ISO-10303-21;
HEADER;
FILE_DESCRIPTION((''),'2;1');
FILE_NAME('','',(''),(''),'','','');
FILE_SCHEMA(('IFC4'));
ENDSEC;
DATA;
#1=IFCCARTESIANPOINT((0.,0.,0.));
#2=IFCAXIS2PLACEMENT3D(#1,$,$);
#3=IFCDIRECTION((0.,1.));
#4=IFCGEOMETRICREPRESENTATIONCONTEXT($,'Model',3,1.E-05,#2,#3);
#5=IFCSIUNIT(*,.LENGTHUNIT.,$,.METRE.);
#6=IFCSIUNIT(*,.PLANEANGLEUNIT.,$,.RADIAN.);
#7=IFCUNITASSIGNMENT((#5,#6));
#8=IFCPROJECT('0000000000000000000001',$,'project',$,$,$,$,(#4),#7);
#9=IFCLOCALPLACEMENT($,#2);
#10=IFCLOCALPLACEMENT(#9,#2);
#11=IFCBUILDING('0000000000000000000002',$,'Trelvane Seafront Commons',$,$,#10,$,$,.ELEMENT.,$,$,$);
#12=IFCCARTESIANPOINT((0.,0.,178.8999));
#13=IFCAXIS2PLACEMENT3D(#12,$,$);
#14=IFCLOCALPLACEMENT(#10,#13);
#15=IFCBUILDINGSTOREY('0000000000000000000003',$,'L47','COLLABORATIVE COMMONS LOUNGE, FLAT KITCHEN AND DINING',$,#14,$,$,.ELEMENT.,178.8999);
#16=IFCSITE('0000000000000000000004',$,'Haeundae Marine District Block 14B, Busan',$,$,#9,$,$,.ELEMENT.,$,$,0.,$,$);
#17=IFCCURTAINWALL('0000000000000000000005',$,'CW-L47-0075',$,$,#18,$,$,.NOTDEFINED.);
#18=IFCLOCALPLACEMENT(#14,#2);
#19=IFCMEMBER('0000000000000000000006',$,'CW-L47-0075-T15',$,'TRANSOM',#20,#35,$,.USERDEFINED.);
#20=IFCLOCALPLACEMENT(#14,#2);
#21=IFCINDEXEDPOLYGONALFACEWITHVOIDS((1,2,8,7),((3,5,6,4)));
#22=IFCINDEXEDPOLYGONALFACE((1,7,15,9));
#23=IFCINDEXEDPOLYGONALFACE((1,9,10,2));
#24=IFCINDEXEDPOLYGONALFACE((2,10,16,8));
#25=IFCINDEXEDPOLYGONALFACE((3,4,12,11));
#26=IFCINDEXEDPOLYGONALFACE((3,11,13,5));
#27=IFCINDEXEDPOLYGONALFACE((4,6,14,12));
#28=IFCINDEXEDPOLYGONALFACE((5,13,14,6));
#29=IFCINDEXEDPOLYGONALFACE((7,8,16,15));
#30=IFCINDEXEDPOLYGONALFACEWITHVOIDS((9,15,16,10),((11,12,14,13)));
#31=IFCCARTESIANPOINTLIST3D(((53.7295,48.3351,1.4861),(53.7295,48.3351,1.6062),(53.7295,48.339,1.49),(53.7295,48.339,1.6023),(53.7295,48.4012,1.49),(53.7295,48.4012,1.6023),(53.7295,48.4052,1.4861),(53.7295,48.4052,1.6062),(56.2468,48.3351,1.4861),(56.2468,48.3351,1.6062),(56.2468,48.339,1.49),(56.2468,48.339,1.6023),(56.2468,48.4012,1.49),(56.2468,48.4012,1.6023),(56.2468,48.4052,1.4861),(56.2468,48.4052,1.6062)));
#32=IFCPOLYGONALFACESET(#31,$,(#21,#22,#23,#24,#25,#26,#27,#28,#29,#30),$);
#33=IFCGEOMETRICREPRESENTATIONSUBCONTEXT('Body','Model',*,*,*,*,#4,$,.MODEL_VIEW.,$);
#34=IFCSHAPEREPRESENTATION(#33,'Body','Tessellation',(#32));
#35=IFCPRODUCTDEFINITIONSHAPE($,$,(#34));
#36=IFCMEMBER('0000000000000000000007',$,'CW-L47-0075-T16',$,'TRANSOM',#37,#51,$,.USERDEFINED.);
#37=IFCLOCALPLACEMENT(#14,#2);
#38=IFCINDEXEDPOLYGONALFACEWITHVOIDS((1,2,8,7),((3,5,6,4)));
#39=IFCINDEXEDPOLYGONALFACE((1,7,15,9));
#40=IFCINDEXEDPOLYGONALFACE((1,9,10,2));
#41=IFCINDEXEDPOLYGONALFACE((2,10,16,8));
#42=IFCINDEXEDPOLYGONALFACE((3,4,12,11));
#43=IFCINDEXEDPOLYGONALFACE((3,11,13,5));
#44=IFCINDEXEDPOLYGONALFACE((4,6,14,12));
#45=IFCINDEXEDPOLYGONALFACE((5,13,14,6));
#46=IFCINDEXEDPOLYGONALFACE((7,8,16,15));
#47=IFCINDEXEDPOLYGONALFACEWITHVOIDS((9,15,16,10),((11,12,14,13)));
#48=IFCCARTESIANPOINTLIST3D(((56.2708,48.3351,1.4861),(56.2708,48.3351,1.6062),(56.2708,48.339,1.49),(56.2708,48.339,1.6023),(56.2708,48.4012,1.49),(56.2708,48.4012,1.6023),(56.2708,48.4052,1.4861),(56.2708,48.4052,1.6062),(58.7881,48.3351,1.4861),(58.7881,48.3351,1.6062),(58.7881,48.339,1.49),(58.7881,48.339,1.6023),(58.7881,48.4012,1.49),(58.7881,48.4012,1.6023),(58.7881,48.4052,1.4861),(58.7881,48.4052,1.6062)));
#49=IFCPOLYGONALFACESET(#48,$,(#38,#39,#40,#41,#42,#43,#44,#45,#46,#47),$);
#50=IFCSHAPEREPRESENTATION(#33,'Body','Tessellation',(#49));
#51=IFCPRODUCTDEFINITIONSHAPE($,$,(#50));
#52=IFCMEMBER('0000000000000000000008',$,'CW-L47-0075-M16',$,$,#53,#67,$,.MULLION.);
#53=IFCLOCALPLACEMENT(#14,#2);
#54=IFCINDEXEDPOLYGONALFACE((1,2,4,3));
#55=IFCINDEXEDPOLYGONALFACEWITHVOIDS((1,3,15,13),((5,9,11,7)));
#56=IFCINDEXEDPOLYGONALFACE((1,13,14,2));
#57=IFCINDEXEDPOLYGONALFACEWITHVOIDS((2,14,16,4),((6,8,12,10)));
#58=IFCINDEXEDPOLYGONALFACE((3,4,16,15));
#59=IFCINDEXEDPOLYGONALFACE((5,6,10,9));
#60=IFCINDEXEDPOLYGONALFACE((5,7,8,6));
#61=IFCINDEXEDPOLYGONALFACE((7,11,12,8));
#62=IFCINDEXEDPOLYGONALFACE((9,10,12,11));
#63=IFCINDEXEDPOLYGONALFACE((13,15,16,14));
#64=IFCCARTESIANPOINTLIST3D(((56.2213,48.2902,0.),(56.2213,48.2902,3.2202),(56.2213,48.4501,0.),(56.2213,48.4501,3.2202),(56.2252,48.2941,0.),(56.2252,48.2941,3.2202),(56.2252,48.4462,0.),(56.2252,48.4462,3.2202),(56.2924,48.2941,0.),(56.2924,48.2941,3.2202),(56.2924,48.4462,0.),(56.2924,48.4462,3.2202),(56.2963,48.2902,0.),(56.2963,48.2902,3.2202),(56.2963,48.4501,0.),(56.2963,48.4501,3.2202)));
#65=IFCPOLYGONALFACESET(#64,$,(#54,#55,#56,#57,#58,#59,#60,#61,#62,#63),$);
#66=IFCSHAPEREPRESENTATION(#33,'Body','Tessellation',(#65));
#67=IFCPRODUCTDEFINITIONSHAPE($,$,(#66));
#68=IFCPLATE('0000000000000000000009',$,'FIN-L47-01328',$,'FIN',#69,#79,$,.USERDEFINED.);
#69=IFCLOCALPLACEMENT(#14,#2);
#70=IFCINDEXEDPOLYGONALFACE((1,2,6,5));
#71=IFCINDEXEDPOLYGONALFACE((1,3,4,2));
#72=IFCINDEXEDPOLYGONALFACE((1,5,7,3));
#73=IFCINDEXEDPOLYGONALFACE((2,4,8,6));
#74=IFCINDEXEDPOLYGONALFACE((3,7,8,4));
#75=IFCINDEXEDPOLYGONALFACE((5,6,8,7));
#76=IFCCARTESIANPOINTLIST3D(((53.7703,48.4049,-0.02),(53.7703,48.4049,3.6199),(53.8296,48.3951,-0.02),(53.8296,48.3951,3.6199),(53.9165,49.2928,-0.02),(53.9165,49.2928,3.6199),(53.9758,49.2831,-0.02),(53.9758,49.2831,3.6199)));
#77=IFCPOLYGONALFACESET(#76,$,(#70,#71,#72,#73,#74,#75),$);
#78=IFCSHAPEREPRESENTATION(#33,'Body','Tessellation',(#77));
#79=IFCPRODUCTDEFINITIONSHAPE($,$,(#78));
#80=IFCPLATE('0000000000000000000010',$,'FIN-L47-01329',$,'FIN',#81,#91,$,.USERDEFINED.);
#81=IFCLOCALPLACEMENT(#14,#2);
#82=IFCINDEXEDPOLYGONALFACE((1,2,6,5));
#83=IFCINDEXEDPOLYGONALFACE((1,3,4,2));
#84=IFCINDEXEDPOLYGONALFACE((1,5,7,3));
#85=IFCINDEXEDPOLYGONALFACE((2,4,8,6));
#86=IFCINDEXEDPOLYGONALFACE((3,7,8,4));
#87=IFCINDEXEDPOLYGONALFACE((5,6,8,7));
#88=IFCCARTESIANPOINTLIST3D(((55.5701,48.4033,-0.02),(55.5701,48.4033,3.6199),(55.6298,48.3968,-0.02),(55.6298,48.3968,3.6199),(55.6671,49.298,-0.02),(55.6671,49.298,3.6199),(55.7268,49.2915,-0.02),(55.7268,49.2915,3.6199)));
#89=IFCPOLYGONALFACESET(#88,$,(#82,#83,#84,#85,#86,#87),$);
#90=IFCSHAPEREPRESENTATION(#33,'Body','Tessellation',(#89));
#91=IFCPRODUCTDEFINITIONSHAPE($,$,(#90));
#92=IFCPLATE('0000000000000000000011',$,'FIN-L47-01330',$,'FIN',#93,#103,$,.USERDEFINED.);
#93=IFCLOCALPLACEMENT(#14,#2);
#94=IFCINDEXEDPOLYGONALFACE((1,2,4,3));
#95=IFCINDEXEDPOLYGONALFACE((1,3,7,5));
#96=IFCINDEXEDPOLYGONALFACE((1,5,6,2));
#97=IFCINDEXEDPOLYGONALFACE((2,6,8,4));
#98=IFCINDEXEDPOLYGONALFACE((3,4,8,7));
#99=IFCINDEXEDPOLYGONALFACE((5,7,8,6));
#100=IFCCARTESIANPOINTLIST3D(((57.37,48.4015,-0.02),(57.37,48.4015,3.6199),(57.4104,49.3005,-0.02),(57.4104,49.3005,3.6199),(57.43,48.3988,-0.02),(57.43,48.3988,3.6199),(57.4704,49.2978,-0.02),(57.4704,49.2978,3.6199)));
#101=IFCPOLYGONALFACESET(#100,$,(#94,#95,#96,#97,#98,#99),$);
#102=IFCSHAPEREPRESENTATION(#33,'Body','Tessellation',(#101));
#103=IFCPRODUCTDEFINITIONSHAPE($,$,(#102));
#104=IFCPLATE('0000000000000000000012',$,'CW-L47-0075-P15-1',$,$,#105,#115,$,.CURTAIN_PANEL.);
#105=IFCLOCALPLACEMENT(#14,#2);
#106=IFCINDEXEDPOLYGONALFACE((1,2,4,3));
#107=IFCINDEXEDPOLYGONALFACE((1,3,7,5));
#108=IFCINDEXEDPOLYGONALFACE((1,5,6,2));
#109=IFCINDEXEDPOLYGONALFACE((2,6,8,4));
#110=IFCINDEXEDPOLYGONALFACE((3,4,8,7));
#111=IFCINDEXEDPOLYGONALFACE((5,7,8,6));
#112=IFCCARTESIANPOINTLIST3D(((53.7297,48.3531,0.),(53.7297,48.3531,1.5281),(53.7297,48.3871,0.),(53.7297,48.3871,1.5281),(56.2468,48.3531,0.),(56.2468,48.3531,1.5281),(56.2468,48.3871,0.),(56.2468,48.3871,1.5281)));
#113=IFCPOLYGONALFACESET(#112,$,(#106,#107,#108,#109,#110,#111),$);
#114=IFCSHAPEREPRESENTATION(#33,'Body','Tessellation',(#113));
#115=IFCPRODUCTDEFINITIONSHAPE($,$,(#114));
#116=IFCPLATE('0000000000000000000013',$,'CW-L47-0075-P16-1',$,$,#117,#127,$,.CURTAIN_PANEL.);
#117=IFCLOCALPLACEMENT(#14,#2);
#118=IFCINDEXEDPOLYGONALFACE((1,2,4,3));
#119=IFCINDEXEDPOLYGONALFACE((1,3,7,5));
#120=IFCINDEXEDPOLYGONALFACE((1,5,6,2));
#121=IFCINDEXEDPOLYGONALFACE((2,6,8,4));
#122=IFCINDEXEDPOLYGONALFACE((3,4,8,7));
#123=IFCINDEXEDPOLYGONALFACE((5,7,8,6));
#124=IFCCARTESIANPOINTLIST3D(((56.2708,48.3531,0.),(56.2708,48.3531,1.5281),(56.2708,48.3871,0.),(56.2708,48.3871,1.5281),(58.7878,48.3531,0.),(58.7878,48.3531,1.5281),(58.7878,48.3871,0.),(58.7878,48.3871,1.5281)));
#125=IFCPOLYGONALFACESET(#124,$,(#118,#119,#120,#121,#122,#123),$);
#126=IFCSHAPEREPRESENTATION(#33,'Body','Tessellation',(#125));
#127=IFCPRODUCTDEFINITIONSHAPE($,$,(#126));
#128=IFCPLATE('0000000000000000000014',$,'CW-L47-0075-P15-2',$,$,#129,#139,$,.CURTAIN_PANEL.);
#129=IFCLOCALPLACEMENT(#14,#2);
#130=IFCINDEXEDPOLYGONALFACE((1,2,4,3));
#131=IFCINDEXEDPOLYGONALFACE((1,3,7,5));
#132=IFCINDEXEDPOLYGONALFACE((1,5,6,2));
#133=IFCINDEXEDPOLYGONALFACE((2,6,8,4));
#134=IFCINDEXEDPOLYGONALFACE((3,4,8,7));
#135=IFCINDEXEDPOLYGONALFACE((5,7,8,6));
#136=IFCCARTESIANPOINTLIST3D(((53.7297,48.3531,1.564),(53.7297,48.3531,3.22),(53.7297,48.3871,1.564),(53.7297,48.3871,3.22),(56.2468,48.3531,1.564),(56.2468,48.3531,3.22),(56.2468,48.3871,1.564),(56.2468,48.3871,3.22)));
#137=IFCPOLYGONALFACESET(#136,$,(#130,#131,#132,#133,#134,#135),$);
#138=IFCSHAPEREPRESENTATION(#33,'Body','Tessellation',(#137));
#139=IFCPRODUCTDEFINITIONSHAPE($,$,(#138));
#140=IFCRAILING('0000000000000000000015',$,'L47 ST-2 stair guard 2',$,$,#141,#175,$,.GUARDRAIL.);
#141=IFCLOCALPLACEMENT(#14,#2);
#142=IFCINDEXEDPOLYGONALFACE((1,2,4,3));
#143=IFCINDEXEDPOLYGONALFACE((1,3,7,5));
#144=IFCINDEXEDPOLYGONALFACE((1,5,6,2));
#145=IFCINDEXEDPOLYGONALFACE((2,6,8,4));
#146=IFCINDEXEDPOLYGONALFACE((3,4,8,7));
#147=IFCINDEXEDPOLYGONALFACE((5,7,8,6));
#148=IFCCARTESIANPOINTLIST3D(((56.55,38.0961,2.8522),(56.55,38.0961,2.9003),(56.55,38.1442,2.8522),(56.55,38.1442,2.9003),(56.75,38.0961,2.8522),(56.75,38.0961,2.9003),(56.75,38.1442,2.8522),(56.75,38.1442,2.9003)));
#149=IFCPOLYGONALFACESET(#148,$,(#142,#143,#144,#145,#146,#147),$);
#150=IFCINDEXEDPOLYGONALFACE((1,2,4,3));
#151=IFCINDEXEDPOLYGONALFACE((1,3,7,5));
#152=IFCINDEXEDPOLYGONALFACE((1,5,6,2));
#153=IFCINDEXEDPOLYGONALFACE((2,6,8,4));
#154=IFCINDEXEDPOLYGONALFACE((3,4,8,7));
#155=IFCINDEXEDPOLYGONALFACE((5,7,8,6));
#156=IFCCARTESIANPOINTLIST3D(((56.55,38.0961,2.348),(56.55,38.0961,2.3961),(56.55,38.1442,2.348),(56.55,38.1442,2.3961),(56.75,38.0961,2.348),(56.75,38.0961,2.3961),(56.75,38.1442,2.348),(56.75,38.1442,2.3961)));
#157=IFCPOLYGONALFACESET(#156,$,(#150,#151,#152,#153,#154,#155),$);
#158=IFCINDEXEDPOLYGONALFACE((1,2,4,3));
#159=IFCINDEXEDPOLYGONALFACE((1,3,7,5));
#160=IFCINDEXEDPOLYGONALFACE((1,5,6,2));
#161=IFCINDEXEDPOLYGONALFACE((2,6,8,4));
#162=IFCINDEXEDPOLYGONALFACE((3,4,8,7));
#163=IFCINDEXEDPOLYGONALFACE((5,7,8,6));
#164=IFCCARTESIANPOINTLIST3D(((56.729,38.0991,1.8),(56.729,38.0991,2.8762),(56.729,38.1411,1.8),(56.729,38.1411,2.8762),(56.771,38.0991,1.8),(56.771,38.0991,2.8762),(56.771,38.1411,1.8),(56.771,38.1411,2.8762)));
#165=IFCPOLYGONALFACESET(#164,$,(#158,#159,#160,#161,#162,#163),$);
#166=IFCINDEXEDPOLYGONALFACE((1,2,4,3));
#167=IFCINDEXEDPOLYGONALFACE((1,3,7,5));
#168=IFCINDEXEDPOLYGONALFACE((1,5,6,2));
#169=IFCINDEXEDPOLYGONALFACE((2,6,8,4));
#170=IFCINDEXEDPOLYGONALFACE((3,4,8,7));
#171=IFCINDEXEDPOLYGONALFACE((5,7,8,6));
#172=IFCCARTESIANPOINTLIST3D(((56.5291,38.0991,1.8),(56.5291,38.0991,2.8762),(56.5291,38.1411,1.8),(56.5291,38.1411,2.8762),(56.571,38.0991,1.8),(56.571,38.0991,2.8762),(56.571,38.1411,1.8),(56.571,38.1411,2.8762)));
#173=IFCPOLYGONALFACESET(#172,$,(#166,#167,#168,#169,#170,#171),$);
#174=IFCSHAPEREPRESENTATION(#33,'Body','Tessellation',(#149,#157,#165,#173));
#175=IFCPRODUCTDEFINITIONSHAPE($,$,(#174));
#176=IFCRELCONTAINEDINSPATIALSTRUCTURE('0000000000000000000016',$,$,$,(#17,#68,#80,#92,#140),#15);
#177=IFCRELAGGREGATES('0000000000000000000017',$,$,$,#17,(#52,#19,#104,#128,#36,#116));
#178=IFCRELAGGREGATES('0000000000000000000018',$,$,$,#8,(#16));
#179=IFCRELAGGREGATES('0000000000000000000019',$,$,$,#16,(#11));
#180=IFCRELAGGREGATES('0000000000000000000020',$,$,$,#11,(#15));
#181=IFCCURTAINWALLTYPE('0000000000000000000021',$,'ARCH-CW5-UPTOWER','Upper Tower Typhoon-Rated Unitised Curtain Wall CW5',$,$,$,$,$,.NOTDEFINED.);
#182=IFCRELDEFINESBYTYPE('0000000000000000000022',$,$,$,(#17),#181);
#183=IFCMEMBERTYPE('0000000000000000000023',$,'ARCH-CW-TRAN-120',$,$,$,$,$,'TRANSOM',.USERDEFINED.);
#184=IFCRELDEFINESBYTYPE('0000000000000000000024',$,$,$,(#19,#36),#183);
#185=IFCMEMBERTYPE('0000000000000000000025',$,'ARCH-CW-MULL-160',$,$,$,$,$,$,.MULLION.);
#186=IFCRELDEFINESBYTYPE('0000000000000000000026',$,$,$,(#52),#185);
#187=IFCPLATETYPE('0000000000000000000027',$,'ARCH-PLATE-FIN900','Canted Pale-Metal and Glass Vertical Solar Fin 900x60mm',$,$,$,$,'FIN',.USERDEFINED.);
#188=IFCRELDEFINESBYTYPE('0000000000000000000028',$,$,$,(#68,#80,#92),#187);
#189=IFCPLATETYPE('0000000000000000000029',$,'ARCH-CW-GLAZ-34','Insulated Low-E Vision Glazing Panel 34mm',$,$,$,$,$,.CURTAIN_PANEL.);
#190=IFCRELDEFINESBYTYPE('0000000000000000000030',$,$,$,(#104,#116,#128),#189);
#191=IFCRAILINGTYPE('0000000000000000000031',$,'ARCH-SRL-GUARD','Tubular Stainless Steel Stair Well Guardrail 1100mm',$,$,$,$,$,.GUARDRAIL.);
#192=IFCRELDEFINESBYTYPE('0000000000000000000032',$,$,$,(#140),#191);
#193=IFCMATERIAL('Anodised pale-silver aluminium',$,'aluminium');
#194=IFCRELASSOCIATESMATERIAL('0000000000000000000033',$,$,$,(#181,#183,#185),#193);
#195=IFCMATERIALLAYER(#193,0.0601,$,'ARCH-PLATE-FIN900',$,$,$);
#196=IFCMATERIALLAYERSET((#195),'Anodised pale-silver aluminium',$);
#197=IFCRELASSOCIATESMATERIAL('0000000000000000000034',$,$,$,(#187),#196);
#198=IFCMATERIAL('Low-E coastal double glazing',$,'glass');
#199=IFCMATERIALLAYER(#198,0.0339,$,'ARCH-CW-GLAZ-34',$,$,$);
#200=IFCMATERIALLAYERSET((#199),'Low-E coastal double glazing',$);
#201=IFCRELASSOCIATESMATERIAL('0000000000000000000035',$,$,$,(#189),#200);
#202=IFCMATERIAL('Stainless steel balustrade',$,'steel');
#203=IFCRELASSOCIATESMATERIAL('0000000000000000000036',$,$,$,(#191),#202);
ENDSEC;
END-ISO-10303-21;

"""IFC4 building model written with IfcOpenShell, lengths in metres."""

from ifc_helpers import new_model, si_unit, direction, frame, origin, origin_2d, place, context, subcontext, project, spatial, rectangle, hollow_rectangle, extrude, source, transform, mapped, material, layer, layer_set, material_profile, profile_set, type_object, element, aggregate, save


model = new_model("IFC4")

# Units and contexts
model_context = context("Model", 3, precision=1e-05, world=origin(), true_north=direction((0.0, 1.0)))
body_context = subcontext(model_context, "Body", "Model", "MODEL_VIEW")
ifc_project = project(units=[si_unit("LENGTHUNIT", "METRE"), si_unit("PLANEANGLEUNIT", "RADIAN")], contexts=[model_context])

# Site, building, storey
site_placement = place(None, origin())
site = spatial("IfcSite", under=ifc_project, at=site_placement, Name="Haeundae Marine District Block 14B, Busan", CompositionType="ELEMENT", RefElevation=0.0)
building_placement = place(site_placement, origin())
building = spatial("IfcBuilding", under=site, at=building_placement, Name="Trelvane Seafront Commons", CompositionType="ELEMENT")
storey_placement = place(building_placement, frame((0.0, 0.0, 178.8999)))
storey = spatial("IfcBuildingStorey", under=building, at=storey_placement, Name="L47", Description="COLLABORATIVE COMMONS LOUNGE, FLAT KITCHEN AND DINING", CompositionType="ELEMENT", Elevation=178.8999)

# Curtain wall, members
ifc_material_1 = material(Name="Anodised pale-silver aluminium", Category="aluminium")
curtain_wall_type = type_object("IfcCurtainWallType", Name="ARCH-CW5-UPTOWER", Description="Upper Tower Typhoon-Rated Unitised Curtain Wall CW5", PredefinedType="NOTDEFINED", material=ifc_material_1)
curtain_wall_placement = place(storey_placement, origin())
curtain_wall = element("IfcCurtainWall", 1, at=curtain_wall_placement, inside=storey, type_object=curtain_wall_type, Name="CW-L47-0075", PredefinedType="NOTDEFINED")
ifc_material_profile_1 = material_profile(ifc_material_1, hollow_rectangle(XDim=0.0701, YDim=0.1201, WallThickness=0.0039, at=origin_2d()), Name="TRAN-70x120x4")
ifc_profile_set_1 = profile_set([ifc_material_profile_1], Name="Anodised pale-silver aluminium")
member_type_1 = type_object("IfcMemberType", Name="ARCH-CW-TRAN-120", ElementType="TRANSOM", PredefinedType="USERDEFINED", material=ifc_profile_set_1)
shared_shape_1 = source(origin(), body_context, "Body", "SweptSolid", [
    extrude(hollow_rectangle(XDim=0.0701, YDim=0.1201, WallThickness=0.0039, at=origin_2d()), origin(), (0.0, 0.0, 1.0), 2.5173),
])
member_1_placement = place(storey_placement, frame((53.7295, 48.3701, 1.5461), z_axis=(1.0, 0.0, 0.0), x_axis=(0.0, 1.0, 0.0)))
member_1 = element("IfcMember", 2, at=member_1_placement, type_object=member_type_1, Name="CW-L47-0075-T15", ObjectType="TRANSOM", PredefinedType="USERDEFINED", context=body_context, shape_type="MappedRepresentation", body=[
    mapped(shared_shape_1, transform((0.0, 0.0, 0.0), x_axis=(1.0, 0.0, 0.0), y_axis=(0.0, 1.0, 0.0), z_axis=(0.0, 0.0, 1.0), scale=1.0)),
])
member_2_placement = place(storey_placement, frame((56.2708, 48.3701, 1.5461), z_axis=(1.0, 0.0, 0.0), x_axis=(0.0, 1.0, 0.0)))
member_2 = element("IfcMember", 3, at=member_2_placement, type_object=member_type_1, Name="CW-L47-0075-T16", ObjectType="TRANSOM", PredefinedType="USERDEFINED", context=body_context, shape_type="MappedRepresentation", body=[
    mapped(shared_shape_1, transform((0.0, 0.0, 0.0), x_axis=(1.0, 0.0, 0.0), y_axis=(0.0, 1.0, 0.0), z_axis=(0.0, 0.0, 1.0), scale=1.0)),
])
ifc_material_profile_2 = material_profile(ifc_material_1, hollow_rectangle(XDim=0.075, YDim=0.1599, WallThickness=0.0039, at=origin_2d()), Name="MULL-75x160x4")
ifc_profile_set_2 = profile_set([ifc_material_profile_2], Name="Anodised pale-silver aluminium")
member_type_2 = type_object("IfcMemberType", Name="ARCH-CW-MULL-160", PredefinedType="MULLION", material=ifc_profile_set_2)
shared_shape_2 = source(origin(), body_context, "Body", "SweptSolid", [
    extrude(hollow_rectangle(XDim=0.075, YDim=0.1599, WallThickness=0.0039, at=origin_2d()), origin(), (0.0, 0.0, 1.0), 3.2202),
])
member_3_placement = place(storey_placement, frame((56.2588, 48.3701, 0.0), z_axis=(0.0, 0.0, 1.0), x_axis=(1.0, 0.0, 0.0)))
member_3 = element("IfcMember", 4, at=member_3_placement, type_object=member_type_2, Name="CW-L47-0075-M16", PredefinedType="MULLION", context=body_context, shape_type="MappedRepresentation", body=[
    mapped(shared_shape_2, transform((0.0, 0.0, 0.0), x_axis=(1.0, 0.0, 0.0), y_axis=(0.0, 1.0, 0.0), z_axis=(0.0, 0.0, 1.0), scale=1.0)),
])

# Plates
ifc_layer_1 = layer(ifc_material_1, 0.0601, Name="ARCH-PLATE-FIN900")
ifc_layer_set_1 = layer_set([ifc_layer_1], Name="Anodised pale-silver aluminium")
plate_type_1 = type_object("IfcPlateType", Name="ARCH-PLATE-FIN900", Description="Canted Pale-Metal and Glass Vertical Solar Fin 900x60mm", ElementType="FIN", PredefinedType="USERDEFINED", material=ifc_layer_set_1)
shared_shape_3 = source(origin(), body_context, "Body", "SweptSolid", [
    extrude(rectangle(XDim=0.8999, YDim=0.0601, at=origin_2d()), origin(), (0.0, 0.0, 1.0), 3.6399),
])
for number, where, z_axis, x_axis, name in (
    (5, (53.873, 48.844, -0.02), (0.0, 0.0, 1.0), (0.162453, 0.986716, 0.0), "FIN-L47-01328"),
    (6, (55.6484, 48.8474, -0.02), (0.0, 0.0, 1.0), (0.107772, 0.994176, 0.0), "FIN-L47-01329"),
    (7, (57.4202, 48.8496, -0.02), (0.0, 0.0, 1.0), (0.044889, 0.998992, 0.0), "FIN-L47-01330"),
):
    element("IfcPlate", number, at=place(storey_placement, frame(where, z_axis=z_axis, x_axis=x_axis)), inside=storey, type_object=plate_type_1, Name=name, ObjectType="FIN", PredefinedType="USERDEFINED", context=body_context, shape_type="MappedRepresentation", body=[
        mapped(shared_shape_3, transform((0.0, 0.0, 0.0), x_axis=(1.0, 0.0, 0.0), y_axis=(0.0, 1.0, 0.0), z_axis=(0.0, 0.0, 1.0), scale=1.0)),
    ])

# Plates
ifc_material_2 = material(Name="Low-E coastal double glazing", Category="glass")
ifc_layer_2 = layer(ifc_material_2, 0.0339, Name="ARCH-CW-GLAZ-34")
ifc_layer_set_2 = layer_set([ifc_layer_2], Name="Low-E coastal double glazing")
plate_type_2 = type_object("IfcPlateType", Name="ARCH-CW-GLAZ-34", Description="Insulated Low-E Vision Glazing Panel 34mm", PredefinedType="CURTAIN_PANEL", material=ifc_layer_set_2)
shared_shape_4 = source(origin(), body_context, "Body", "SweptSolid", [
    extrude(rectangle(XDim=2.5171, YDim=0.0339, at=origin_2d()), origin(), (0.0, 0.0, 1.0), 1.5281),
])
plate_1_placement = place(storey_placement, frame((54.9883, 48.3701, 0.0), z_axis=(0.0, 0.0, 1.0), x_axis=(1.0, 0.0, 0.0)))
plate_1 = element("IfcPlate", 8, at=plate_1_placement, type_object=plate_type_2, Name="CW-L47-0075-P15-1", PredefinedType="CURTAIN_PANEL", context=body_context, shape_type="MappedRepresentation", body=[
    mapped(shared_shape_4, transform((0.0, 0.0, 0.0), x_axis=(1.0, 0.0, 0.0), y_axis=(0.0, 1.0, 0.0), z_axis=(0.0, 0.0, 1.0), scale=1.0)),
])
plate_2_placement = place(storey_placement, frame((57.5293, 48.3701, 0.0), z_axis=(0.0, 0.0, 1.0), x_axis=(1.0, 0.0, 0.0)))
plate_2 = element("IfcPlate", 9, at=plate_2_placement, type_object=plate_type_2, Name="CW-L47-0075-P16-1", PredefinedType="CURTAIN_PANEL", context=body_context, shape_type="MappedRepresentation", body=[
    mapped(shared_shape_4, transform((0.0, 0.0, 0.0), x_axis=(1.0, 0.0, 0.0), y_axis=(0.0, 1.0, 0.0), z_axis=(0.0, 0.0, 1.0), scale=1.0)),
])
shared_shape_5 = source(origin(), body_context, "Body", "SweptSolid", [
    extrude(rectangle(XDim=2.5171, YDim=0.0339, at=origin_2d()), origin(), (0.0, 0.0, 1.0), 1.656),
])
plate_3_placement = place(storey_placement, frame((54.9883, 48.3701, 1.564), z_axis=(0.0, 0.0, 1.0), x_axis=(1.0, 0.0, 0.0)))
plate_3 = element("IfcPlate", 10, at=plate_3_placement, type_object=plate_type_2, Name="CW-L47-0075-P15-2", PredefinedType="CURTAIN_PANEL", context=body_context, shape_type="MappedRepresentation", body=[
    mapped(shared_shape_5, transform((0.0, 0.0, 0.0), x_axis=(1.0, 0.0, 0.0), y_axis=(0.0, 1.0, 0.0), z_axis=(0.0, 0.0, 1.0), scale=1.0)),
])
aggregate(curtain_wall, [member_3, member_1, plate_1, plate_3, member_2, plate_2])

# Railing
ifc_material_3 = material(Name="Stainless steel balustrade", Category="steel")
railing_type = type_object("IfcRailingType", Name="ARCH-SRL-GUARD", Description="Tubular Stainless Steel Stair Well Guardrail 1100mm", PredefinedType="GUARDRAIL", material=ifc_material_3)
railing_1_placement = place(storey_placement, frame((56.75, 38.1201, 1.8)))
element("IfcRailing", 11, at=railing_1_placement, inside=storey, type_object=railing_type, Name="L47 ST-2 stair guard 2", PredefinedType="GUARDRAIL", context=body_context, shape_type="SweptSolid", body=[
    extrude(rectangle(XDim=0.0481, YDim=0.0481, at=origin_2d()), frame((0.0, 0.0, 1.0762), z_axis=(-1.0, 0.0, 0.0), x_axis=(0.0, -1.0, 0.0)), (0.0, 0.0, 1.0), 0.2),
    extrude(rectangle(XDim=0.0481, YDim=0.0481, at=origin_2d()), frame((0.0, 0.0, 0.572), z_axis=(-1.0, 0.0, 0.0), x_axis=(0.0, -1.0, 0.0)), (0.0, 0.0, 1.0), 0.2),
    extrude(rectangle(XDim=0.042, YDim=0.042, at=origin_2d()), origin(), (0.0, 0.0, 1.0), 1.0762),
    extrude(rectangle(XDim=0.042, YDim=0.042, at=origin_2d()), frame((-0.2, 0.0, 0.0)), (0.0, 0.0, 1.0), 1.0762),
])

save(model, "model.ifc")
